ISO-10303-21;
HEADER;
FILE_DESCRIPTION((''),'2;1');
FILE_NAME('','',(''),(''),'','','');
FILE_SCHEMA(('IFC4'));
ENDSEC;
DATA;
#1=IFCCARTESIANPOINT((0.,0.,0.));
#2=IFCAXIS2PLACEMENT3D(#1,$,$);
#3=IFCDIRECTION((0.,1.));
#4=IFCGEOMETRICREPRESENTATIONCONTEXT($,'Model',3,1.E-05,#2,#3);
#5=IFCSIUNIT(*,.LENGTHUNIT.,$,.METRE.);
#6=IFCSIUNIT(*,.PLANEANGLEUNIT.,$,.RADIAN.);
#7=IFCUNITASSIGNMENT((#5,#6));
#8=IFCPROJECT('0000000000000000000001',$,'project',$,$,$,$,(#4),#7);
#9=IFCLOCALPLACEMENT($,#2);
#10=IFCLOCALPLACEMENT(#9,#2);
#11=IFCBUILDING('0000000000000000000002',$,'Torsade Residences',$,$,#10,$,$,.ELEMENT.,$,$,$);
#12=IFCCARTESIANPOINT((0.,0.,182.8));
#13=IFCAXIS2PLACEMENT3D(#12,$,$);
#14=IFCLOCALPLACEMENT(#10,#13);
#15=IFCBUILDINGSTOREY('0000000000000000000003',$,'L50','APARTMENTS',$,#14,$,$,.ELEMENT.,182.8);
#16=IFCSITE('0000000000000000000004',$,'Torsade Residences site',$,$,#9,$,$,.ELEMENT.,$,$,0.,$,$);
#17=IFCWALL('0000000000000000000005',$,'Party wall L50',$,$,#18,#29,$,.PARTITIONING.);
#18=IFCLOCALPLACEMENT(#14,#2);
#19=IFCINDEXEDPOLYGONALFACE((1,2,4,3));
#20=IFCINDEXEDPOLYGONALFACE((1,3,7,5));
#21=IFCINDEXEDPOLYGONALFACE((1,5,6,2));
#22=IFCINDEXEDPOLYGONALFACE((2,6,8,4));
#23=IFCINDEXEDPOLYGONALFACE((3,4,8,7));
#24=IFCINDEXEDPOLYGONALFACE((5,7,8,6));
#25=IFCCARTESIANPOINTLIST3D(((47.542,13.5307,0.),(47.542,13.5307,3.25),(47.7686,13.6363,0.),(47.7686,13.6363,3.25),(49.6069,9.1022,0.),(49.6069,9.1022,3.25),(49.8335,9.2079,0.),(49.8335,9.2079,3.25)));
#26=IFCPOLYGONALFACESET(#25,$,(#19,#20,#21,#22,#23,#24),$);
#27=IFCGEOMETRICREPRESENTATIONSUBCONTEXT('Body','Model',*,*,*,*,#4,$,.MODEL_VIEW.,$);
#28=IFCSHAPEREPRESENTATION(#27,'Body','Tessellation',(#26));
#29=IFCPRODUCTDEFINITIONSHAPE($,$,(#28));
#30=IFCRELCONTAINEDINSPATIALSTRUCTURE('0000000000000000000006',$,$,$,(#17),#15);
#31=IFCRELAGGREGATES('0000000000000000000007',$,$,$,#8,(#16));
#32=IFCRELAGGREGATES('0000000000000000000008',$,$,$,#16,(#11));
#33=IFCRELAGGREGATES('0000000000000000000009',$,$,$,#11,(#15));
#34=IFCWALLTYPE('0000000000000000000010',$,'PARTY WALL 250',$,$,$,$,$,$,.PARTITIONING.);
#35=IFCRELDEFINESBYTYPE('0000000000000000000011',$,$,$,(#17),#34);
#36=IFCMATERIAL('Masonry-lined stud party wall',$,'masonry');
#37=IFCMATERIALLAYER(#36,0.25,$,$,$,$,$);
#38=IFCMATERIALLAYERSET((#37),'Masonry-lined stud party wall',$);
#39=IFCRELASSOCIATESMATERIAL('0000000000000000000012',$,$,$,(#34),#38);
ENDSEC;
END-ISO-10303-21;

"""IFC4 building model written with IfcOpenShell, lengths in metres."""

from ifc_helpers import new_model, si_unit, direction, frame, frame_2d, origin, place, context, subcontext, project, spatial, rectangle, extrude, material, layer, layer_set, type_object, element, save


model = new_model("IFC4")

# Units and contexts
model_context = context("Model", 3, precision=1e-05, world=origin(), true_north=direction((0.0, 1.0)))
body_context = subcontext(model_context, "Body", "Model", "MODEL_VIEW")
ifc_project = project(units=[si_unit("LENGTHUNIT", "METRE"), si_unit("PLANEANGLEUNIT", "RADIAN")], contexts=[model_context])

# Site, building, storey
site_placement = place(None, origin())
site = spatial("IfcSite", under=ifc_project, at=site_placement, Name="Torsade Residences site", CompositionType="ELEMENT", RefElevation=0.0)
building_placement = place(site_placement, origin())
building = spatial("IfcBuilding", under=site, at=building_placement, Name="Torsade Residences", CompositionType="ELEMENT")
storey_placement = place(building_placement, frame((0.0, 0.0, 182.8)))
storey = spatial("IfcBuildingStorey", under=building, at=storey_placement, Name="L50", Description="APARTMENTS", CompositionType="ELEMENT", Elevation=182.8)

# Wall
ifc_material_1 = material(Name="Masonry-lined stud party wall", Category="masonry")
ifc_layer_1 = layer(ifc_material_1, 0.25)
ifc_layer_set_1 = layer_set([ifc_layer_1], Name="Masonry-lined stud party wall")
wall_type_1 = type_object("IfcWallType", Name="PARTY WALL 250", PredefinedType="PARTITIONING", material=ifc_layer_set_1)
wall_1_placement = place(storey_placement, frame((49.7202, 9.155, 0.0), z_axis=(0.0, 0.0, 1.0), x_axis=(-0.422604, 0.906315, 0.0)))
element("IfcWall", 1, at=wall_1_placement, inside=storey, type_object=wall_type_1, Name="Party wall L50", PredefinedType="PARTITIONING", context=body_context, shape_type="SweptSolid", body=[
    extrude(rectangle(XDim=4.8862, YDim=0.25, at=frame_2d((2.4431, 0.0))), origin(), (0.0, 0.0, 1.0), 3.25),
])

save(model, "model.ifc")
